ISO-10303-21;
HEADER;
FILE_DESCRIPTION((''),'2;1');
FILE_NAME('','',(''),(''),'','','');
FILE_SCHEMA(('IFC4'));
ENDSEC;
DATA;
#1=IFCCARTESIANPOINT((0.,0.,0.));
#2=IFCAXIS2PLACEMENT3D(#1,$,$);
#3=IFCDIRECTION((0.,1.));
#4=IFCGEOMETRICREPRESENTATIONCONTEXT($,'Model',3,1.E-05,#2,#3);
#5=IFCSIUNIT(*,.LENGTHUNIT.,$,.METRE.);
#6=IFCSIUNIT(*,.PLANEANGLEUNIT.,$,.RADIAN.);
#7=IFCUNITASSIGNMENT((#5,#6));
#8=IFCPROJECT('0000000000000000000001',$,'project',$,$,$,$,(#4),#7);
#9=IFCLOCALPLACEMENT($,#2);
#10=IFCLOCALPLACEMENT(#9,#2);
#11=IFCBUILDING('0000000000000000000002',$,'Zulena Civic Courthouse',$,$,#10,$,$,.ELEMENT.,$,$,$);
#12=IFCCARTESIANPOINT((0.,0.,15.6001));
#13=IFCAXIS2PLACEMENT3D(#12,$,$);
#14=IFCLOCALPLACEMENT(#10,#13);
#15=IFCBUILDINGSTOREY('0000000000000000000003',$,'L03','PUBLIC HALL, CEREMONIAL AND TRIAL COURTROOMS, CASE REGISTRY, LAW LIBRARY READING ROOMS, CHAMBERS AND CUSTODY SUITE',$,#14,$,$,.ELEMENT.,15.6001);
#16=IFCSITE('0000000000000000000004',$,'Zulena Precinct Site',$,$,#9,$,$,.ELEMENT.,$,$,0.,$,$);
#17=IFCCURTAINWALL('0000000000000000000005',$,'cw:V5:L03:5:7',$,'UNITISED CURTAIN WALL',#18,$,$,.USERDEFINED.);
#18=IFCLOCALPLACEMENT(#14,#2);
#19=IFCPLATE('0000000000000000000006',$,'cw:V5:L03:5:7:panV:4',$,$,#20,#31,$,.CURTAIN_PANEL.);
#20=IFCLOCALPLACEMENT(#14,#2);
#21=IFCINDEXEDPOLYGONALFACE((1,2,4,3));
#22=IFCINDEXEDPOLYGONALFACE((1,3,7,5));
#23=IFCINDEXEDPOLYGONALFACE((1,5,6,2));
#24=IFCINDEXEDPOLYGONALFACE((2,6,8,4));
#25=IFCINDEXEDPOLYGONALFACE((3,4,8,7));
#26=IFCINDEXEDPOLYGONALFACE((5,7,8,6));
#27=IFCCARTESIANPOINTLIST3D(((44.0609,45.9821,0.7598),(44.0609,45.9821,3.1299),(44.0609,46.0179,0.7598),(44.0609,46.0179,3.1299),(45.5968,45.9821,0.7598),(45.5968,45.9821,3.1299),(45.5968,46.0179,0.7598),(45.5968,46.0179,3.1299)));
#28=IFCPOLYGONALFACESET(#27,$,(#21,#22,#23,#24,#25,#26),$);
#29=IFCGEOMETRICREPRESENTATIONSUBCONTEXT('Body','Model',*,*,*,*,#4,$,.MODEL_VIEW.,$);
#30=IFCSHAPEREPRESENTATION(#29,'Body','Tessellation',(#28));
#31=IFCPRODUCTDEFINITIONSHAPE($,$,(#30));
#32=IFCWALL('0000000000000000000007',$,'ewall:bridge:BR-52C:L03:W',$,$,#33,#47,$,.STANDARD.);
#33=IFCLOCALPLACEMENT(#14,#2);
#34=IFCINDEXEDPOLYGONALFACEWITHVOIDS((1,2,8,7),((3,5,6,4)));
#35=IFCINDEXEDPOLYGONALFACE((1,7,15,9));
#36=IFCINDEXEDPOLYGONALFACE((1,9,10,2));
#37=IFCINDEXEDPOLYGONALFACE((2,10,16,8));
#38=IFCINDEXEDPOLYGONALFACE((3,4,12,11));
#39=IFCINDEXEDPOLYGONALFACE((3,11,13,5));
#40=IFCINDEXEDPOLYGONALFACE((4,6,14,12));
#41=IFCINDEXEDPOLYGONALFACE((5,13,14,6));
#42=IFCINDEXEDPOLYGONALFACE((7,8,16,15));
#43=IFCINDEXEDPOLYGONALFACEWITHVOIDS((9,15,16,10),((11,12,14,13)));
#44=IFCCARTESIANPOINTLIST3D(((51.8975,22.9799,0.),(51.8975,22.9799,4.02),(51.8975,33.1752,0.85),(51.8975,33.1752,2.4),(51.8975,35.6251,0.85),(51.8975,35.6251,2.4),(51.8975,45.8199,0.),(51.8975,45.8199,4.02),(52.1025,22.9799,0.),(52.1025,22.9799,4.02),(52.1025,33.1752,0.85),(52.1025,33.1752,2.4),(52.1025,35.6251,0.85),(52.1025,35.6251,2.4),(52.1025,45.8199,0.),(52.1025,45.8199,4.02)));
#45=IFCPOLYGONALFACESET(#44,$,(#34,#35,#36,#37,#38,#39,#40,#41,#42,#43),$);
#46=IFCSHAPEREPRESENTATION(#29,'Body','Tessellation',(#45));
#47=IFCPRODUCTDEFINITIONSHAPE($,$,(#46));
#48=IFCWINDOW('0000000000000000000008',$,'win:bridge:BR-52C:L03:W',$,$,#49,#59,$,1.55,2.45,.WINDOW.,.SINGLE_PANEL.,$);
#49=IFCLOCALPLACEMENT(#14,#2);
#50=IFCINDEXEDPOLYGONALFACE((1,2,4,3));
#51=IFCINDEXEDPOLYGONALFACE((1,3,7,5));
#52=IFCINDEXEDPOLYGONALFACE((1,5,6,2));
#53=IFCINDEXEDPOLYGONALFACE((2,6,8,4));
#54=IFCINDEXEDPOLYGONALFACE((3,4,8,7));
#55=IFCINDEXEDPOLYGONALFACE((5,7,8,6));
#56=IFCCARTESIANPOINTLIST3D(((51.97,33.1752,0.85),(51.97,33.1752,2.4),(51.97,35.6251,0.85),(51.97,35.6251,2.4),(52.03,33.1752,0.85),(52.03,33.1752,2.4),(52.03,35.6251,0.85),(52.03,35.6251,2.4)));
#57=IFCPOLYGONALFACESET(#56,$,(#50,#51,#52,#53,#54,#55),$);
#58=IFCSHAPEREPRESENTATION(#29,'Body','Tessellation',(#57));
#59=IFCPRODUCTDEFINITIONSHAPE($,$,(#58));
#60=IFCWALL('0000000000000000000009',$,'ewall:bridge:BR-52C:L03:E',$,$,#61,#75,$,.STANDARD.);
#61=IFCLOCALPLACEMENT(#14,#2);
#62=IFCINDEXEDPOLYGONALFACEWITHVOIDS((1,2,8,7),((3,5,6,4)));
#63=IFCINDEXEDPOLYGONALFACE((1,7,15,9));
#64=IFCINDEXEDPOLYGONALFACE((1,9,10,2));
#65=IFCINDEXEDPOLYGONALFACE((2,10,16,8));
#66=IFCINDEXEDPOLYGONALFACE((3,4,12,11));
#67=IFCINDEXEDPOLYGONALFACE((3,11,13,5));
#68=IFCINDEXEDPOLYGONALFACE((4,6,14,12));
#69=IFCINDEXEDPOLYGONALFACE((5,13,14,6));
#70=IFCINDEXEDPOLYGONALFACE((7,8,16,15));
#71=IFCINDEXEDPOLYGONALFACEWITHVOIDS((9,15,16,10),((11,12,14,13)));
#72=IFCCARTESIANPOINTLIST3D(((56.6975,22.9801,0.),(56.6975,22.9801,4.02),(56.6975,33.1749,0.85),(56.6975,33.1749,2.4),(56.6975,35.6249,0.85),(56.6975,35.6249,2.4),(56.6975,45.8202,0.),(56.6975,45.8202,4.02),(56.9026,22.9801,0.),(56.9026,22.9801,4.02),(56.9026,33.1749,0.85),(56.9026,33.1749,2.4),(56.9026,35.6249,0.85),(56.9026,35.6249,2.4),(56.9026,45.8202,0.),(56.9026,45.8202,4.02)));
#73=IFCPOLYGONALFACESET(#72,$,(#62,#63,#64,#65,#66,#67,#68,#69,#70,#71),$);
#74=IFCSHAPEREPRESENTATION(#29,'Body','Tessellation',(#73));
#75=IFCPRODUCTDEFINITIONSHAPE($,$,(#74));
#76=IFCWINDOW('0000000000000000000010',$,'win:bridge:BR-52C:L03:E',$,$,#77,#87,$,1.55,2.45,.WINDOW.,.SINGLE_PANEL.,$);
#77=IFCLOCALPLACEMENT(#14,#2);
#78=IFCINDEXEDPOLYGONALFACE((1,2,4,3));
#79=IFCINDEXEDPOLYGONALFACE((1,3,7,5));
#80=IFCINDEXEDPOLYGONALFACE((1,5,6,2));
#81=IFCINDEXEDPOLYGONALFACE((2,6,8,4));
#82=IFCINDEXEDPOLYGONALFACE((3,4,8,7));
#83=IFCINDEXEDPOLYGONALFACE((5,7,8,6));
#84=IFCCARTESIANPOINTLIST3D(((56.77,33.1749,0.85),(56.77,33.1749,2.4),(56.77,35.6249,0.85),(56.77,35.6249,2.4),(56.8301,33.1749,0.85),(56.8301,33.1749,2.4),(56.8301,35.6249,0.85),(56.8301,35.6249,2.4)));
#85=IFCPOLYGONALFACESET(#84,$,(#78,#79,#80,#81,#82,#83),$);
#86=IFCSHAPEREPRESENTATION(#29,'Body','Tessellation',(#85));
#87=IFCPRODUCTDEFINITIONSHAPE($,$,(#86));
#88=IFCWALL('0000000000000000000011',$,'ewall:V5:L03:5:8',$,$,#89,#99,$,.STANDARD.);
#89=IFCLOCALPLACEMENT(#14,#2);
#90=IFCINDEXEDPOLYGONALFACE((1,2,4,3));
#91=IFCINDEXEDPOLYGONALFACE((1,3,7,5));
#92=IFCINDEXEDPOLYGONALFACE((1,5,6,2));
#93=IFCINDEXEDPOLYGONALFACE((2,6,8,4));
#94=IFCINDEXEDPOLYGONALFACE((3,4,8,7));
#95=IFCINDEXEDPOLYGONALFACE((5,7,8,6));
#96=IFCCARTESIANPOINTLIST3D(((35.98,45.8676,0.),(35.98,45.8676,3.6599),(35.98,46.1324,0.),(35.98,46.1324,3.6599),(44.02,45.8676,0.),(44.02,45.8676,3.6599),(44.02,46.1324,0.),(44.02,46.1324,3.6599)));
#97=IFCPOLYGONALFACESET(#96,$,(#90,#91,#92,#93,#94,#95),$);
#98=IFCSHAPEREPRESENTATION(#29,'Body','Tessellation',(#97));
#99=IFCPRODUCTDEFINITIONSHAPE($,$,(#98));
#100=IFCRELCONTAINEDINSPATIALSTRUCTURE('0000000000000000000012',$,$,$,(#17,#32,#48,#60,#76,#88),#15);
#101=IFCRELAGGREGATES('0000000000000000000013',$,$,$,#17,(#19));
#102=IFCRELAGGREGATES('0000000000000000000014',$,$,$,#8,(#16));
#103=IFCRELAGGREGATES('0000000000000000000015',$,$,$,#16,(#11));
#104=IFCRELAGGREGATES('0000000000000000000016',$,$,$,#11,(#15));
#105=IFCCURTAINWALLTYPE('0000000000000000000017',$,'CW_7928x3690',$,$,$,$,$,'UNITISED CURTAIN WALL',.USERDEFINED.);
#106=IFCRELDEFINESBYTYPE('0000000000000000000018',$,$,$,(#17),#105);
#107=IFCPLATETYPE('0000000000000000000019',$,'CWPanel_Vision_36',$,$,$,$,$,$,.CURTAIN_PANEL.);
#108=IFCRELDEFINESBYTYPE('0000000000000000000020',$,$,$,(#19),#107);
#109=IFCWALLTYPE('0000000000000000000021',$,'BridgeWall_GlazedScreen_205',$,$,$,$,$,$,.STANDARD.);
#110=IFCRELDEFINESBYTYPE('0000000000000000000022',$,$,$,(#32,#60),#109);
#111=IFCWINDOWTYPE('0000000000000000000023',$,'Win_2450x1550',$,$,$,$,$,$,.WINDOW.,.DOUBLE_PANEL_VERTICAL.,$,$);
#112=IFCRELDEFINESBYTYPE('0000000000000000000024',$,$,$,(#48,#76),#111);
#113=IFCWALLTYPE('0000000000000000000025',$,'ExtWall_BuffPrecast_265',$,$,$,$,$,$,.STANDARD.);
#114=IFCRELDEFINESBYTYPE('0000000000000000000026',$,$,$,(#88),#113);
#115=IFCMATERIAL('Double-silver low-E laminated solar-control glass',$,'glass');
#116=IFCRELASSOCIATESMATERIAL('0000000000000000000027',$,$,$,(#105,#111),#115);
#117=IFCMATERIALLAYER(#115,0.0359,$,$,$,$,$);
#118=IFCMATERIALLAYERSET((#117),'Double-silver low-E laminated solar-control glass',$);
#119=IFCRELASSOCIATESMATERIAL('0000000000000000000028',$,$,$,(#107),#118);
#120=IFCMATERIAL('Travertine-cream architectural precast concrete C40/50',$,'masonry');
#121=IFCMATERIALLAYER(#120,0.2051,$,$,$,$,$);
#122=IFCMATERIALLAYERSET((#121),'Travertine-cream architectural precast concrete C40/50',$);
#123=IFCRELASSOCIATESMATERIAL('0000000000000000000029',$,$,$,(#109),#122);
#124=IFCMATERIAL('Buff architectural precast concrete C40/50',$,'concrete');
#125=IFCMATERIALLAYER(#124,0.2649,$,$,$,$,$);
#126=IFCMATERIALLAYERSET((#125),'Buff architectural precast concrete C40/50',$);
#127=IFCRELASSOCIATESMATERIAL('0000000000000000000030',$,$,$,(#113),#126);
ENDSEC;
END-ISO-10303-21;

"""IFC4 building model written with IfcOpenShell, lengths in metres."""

from ifc_helpers import new_model, si_unit, direction, frame, frame_2d, origin, origin_2d, place, context, subcontext, project, spatial, rectangle, extrude, material, layer, layer_set, type_object, element, fill, aggregate, save


model = new_model("IFC4")

# Units and contexts
model_context = context("Model", 3, precision=1e-05, world=origin(), true_north=direction((0.0, 1.0)))
body_context = subcontext(model_context, "Body", "Model", "MODEL_VIEW")
ifc_project = project(units=[si_unit("LENGTHUNIT", "METRE"), si_unit("PLANEANGLEUNIT", "RADIAN")], contexts=[model_context])

# Site, building, storey
site_placement = place(None, origin())
site = spatial("IfcSite", under=ifc_project, at=site_placement, Name="Zulena Precinct Site", CompositionType="ELEMENT", RefElevation=0.0)
building_placement = place(site_placement, origin())
building = spatial("IfcBuilding", under=site, at=building_placement, Name="Zulena Civic Courthouse", CompositionType="ELEMENT")
storey_placement = place(building_placement, frame((0.0, 0.0, 15.6001)))
storey = spatial("IfcBuildingStorey", under=building, at=storey_placement, Name="L03", Description="PUBLIC HALL, CEREMONIAL AND TRIAL COURTROOMS, CASE REGISTRY, LAW LIBRARY READING ROOMS, CHAMBERS AND CUSTODY SUITE", CompositionType="ELEMENT", Elevation=15.6001)

# Curtain wall
ifc_material_1 = material(Name="Double-silver low-E laminated solar-control glass", Category="glass")
curtain_wall_type = type_object("IfcCurtainWallType", Name="CW_7928x3690", ElementType="UNITISED CURTAIN WALL", PredefinedType="USERDEFINED", material=ifc_material_1)
curtain_wall_placement = place(storey_placement, origin())
curtain_wall = element("IfcCurtainWall", 1, at=curtain_wall_placement, inside=storey, type_object=curtain_wall_type, Name="cw:V5:L03:5:7", ObjectType="UNITISED CURTAIN WALL", PredefinedType="USERDEFINED")

# Plate
ifc_layer_1 = layer(ifc_material_1, 0.0359)
ifc_layer_set_1 = layer_set([ifc_layer_1], Name="Double-silver low-E laminated solar-control glass")
plate_type_1 = type_object("IfcPlateType", Name="CWPanel_Vision_36", PredefinedType="CURTAIN_PANEL", material=ifc_layer_set_1)
plate_1_placement = place(storey_placement, frame((44.8289, 46.0, 0.7598), z_axis=(0.0, 0.0, 1.0), x_axis=(-1.0, 0.0, 0.0)))
plate_1 = element("IfcPlate", 2, at=plate_1_placement, type_object=plate_type_1, Name="cw:V5:L03:5:7:panV:4", PredefinedType="CURTAIN_PANEL", context=body_context, shape_type="SweptSolid", body=[
    extrude(rectangle(XDim=1.5359, YDim=0.0359, at=origin_2d()), origin(), (0.0, 0.0, 1.0), 2.3701),
])
aggregate(curtain_wall, [plate_1])

# Walls, openings, windows
ifc_material_2 = material(Name="Travertine-cream architectural precast concrete C40/50", Category="masonry")
ifc_layer_2 = layer(ifc_material_2, 0.2051)
ifc_layer_set_2 = layer_set([ifc_layer_2], Name="Travertine-cream architectural precast concrete C40/50")
wall_type_1 = type_object("IfcWallType", Name="BridgeWall_GlazedScreen_205", PredefinedType="STANDARD", material=ifc_layer_set_2)
wall_1_placement = place(storey_placement, frame((52.0, 22.98, 0.0), z_axis=(0.0, 0.0, 1.0), x_axis=(0.0, 1.0, 0.0)))
wall_1 = element("IfcWall", 3, at=wall_1_placement, inside=storey, type_object=wall_type_1, Name="ewall:bridge:BR-52C:L03:W", PredefinedType="STANDARD", context=body_context, shape_type="SweptSolid", body=[
    extrude(rectangle(XDim=22.8401, YDim=0.2051, at=frame_2d((11.4199, 0.0))), origin(), (0.0, 0.0, 1.0), 4.02),
])
opening_1_placement = place(wall_1_placement, frame((10.1951, 0.0, 0.8501)))
opening_1 = element("IfcOpeningElement", 4, at=opening_1_placement, cuts=wall_1, PredefinedType="OPENING", context=body_context, shape_type="SweptSolid", body=[
    extrude(rectangle(XDim=2.45, YDim=1.55, at=frame_2d((1.2251, 0.7749))), frame((0.0, 0.1125, 0.0), z_axis=(0.0, -1.0, 0.0), x_axis=(1.0, 0.0, 0.0)), (0.0, 0.0, 1.0), 0.2251),
])
window_type = type_object("IfcWindowType", Name="Win_2450x1550", PartitioningType="DOUBLE_PANEL_VERTICAL", PredefinedType="WINDOW", material=ifc_material_1)
window_1_placement = place(opening_1_placement, origin())
window_1 = element("IfcWindow", 5, at=window_1_placement, inside=storey, type_object=window_type, Name="win:bridge:BR-52C:L03:W", OverallHeight=1.55, OverallWidth=2.45, PartitioningType="SINGLE_PANEL", PredefinedType="WINDOW", context=body_context, shape_type="SweptSolid", body=[
    extrude(rectangle(XDim=2.45, YDim=1.55, at=frame_2d((1.2251, 0.7749))), frame((0.0, 0.03, 0.0), z_axis=(0.0, -1.0, 0.0), x_axis=(1.0, 0.0, 0.0)), (0.0, 0.0, 1.0), 0.0601),
])
fill(opening_1, window_1)
wall_2_placement = place(storey_placement, frame((56.8, 45.8201, 0.0), z_axis=(0.0, 0.0, 1.0), x_axis=(0.0, -1.0, 0.0)))
wall_2 = element("IfcWall", 6, at=wall_2_placement, inside=storey, type_object=wall_type_1, Name="ewall:bridge:BR-52C:L03:E", PredefinedType="STANDARD", context=body_context, shape_type="SweptSolid", body=[
    extrude(rectangle(XDim=22.8401, YDim=0.2051, at=frame_2d((11.4199, 0.0))), origin(), (0.0, 0.0, 1.0), 4.02),
])
opening_2_placement = place(wall_2_placement, frame((10.1951, 0.0, 0.8501)))
opening_2 = element("IfcOpeningElement", 7, at=opening_2_placement, cuts=wall_2, PredefinedType="OPENING", context=body_context, shape_type="SweptSolid", body=[
    extrude(rectangle(XDim=2.45, YDim=1.55, at=frame_2d((1.2251, 0.7749))), frame((0.0, 0.1125, 0.0), z_axis=(0.0, -1.0, 0.0), x_axis=(1.0, 0.0, 0.0)), (0.0, 0.0, 1.0), 0.2251),
])
window_2_placement = place(opening_2_placement, origin())
window_2 = element("IfcWindow", 8, at=window_2_placement, inside=storey, type_object=window_type, Name="win:bridge:BR-52C:L03:E", OverallHeight=1.55, OverallWidth=2.45, PartitioningType="SINGLE_PANEL", PredefinedType="WINDOW", context=body_context, shape_type="SweptSolid", body=[
    extrude(rectangle(XDim=2.45, YDim=1.55, at=frame_2d((1.2251, 0.7749))), frame((0.0, 0.03, 0.0), z_axis=(0.0, -1.0, 0.0), x_axis=(1.0, 0.0, 0.0)), (0.0, 0.0, 1.0), 0.0601),
])
fill(opening_2, window_2)

# Wall
ifc_material_3 = material(Name="Buff architectural precast concrete C40/50", Category="concrete")
ifc_layer_3 = layer(ifc_material_3, 0.2649)
ifc_layer_set_3 = layer_set([ifc_layer_3], Name="Buff architectural precast concrete C40/50")
wall_type_2 = type_object("IfcWallType", Name="ExtWall_BuffPrecast_265", PredefinedType="STANDARD", material=ifc_layer_set_3)
wall_3_placement = place(storey_placement, frame((44.02, 46.0, 0.0), z_axis=(0.0, 0.0, 1.0), x_axis=(-1.0, 0.0, 0.0)))
element("IfcWall", 9, at=wall_3_placement, inside=storey, type_object=wall_type_2, Name="ewall:V5:L03:5:8", PredefinedType="STANDARD", context=body_context, shape_type="SweptSolid", body=[
    extrude(rectangle(XDim=8.04, YDim=0.2649, at=frame_2d((4.02, 0.0))), origin(), (0.0, 0.0, 1.0), 3.6599),
])

save(model, "model.ifc")
